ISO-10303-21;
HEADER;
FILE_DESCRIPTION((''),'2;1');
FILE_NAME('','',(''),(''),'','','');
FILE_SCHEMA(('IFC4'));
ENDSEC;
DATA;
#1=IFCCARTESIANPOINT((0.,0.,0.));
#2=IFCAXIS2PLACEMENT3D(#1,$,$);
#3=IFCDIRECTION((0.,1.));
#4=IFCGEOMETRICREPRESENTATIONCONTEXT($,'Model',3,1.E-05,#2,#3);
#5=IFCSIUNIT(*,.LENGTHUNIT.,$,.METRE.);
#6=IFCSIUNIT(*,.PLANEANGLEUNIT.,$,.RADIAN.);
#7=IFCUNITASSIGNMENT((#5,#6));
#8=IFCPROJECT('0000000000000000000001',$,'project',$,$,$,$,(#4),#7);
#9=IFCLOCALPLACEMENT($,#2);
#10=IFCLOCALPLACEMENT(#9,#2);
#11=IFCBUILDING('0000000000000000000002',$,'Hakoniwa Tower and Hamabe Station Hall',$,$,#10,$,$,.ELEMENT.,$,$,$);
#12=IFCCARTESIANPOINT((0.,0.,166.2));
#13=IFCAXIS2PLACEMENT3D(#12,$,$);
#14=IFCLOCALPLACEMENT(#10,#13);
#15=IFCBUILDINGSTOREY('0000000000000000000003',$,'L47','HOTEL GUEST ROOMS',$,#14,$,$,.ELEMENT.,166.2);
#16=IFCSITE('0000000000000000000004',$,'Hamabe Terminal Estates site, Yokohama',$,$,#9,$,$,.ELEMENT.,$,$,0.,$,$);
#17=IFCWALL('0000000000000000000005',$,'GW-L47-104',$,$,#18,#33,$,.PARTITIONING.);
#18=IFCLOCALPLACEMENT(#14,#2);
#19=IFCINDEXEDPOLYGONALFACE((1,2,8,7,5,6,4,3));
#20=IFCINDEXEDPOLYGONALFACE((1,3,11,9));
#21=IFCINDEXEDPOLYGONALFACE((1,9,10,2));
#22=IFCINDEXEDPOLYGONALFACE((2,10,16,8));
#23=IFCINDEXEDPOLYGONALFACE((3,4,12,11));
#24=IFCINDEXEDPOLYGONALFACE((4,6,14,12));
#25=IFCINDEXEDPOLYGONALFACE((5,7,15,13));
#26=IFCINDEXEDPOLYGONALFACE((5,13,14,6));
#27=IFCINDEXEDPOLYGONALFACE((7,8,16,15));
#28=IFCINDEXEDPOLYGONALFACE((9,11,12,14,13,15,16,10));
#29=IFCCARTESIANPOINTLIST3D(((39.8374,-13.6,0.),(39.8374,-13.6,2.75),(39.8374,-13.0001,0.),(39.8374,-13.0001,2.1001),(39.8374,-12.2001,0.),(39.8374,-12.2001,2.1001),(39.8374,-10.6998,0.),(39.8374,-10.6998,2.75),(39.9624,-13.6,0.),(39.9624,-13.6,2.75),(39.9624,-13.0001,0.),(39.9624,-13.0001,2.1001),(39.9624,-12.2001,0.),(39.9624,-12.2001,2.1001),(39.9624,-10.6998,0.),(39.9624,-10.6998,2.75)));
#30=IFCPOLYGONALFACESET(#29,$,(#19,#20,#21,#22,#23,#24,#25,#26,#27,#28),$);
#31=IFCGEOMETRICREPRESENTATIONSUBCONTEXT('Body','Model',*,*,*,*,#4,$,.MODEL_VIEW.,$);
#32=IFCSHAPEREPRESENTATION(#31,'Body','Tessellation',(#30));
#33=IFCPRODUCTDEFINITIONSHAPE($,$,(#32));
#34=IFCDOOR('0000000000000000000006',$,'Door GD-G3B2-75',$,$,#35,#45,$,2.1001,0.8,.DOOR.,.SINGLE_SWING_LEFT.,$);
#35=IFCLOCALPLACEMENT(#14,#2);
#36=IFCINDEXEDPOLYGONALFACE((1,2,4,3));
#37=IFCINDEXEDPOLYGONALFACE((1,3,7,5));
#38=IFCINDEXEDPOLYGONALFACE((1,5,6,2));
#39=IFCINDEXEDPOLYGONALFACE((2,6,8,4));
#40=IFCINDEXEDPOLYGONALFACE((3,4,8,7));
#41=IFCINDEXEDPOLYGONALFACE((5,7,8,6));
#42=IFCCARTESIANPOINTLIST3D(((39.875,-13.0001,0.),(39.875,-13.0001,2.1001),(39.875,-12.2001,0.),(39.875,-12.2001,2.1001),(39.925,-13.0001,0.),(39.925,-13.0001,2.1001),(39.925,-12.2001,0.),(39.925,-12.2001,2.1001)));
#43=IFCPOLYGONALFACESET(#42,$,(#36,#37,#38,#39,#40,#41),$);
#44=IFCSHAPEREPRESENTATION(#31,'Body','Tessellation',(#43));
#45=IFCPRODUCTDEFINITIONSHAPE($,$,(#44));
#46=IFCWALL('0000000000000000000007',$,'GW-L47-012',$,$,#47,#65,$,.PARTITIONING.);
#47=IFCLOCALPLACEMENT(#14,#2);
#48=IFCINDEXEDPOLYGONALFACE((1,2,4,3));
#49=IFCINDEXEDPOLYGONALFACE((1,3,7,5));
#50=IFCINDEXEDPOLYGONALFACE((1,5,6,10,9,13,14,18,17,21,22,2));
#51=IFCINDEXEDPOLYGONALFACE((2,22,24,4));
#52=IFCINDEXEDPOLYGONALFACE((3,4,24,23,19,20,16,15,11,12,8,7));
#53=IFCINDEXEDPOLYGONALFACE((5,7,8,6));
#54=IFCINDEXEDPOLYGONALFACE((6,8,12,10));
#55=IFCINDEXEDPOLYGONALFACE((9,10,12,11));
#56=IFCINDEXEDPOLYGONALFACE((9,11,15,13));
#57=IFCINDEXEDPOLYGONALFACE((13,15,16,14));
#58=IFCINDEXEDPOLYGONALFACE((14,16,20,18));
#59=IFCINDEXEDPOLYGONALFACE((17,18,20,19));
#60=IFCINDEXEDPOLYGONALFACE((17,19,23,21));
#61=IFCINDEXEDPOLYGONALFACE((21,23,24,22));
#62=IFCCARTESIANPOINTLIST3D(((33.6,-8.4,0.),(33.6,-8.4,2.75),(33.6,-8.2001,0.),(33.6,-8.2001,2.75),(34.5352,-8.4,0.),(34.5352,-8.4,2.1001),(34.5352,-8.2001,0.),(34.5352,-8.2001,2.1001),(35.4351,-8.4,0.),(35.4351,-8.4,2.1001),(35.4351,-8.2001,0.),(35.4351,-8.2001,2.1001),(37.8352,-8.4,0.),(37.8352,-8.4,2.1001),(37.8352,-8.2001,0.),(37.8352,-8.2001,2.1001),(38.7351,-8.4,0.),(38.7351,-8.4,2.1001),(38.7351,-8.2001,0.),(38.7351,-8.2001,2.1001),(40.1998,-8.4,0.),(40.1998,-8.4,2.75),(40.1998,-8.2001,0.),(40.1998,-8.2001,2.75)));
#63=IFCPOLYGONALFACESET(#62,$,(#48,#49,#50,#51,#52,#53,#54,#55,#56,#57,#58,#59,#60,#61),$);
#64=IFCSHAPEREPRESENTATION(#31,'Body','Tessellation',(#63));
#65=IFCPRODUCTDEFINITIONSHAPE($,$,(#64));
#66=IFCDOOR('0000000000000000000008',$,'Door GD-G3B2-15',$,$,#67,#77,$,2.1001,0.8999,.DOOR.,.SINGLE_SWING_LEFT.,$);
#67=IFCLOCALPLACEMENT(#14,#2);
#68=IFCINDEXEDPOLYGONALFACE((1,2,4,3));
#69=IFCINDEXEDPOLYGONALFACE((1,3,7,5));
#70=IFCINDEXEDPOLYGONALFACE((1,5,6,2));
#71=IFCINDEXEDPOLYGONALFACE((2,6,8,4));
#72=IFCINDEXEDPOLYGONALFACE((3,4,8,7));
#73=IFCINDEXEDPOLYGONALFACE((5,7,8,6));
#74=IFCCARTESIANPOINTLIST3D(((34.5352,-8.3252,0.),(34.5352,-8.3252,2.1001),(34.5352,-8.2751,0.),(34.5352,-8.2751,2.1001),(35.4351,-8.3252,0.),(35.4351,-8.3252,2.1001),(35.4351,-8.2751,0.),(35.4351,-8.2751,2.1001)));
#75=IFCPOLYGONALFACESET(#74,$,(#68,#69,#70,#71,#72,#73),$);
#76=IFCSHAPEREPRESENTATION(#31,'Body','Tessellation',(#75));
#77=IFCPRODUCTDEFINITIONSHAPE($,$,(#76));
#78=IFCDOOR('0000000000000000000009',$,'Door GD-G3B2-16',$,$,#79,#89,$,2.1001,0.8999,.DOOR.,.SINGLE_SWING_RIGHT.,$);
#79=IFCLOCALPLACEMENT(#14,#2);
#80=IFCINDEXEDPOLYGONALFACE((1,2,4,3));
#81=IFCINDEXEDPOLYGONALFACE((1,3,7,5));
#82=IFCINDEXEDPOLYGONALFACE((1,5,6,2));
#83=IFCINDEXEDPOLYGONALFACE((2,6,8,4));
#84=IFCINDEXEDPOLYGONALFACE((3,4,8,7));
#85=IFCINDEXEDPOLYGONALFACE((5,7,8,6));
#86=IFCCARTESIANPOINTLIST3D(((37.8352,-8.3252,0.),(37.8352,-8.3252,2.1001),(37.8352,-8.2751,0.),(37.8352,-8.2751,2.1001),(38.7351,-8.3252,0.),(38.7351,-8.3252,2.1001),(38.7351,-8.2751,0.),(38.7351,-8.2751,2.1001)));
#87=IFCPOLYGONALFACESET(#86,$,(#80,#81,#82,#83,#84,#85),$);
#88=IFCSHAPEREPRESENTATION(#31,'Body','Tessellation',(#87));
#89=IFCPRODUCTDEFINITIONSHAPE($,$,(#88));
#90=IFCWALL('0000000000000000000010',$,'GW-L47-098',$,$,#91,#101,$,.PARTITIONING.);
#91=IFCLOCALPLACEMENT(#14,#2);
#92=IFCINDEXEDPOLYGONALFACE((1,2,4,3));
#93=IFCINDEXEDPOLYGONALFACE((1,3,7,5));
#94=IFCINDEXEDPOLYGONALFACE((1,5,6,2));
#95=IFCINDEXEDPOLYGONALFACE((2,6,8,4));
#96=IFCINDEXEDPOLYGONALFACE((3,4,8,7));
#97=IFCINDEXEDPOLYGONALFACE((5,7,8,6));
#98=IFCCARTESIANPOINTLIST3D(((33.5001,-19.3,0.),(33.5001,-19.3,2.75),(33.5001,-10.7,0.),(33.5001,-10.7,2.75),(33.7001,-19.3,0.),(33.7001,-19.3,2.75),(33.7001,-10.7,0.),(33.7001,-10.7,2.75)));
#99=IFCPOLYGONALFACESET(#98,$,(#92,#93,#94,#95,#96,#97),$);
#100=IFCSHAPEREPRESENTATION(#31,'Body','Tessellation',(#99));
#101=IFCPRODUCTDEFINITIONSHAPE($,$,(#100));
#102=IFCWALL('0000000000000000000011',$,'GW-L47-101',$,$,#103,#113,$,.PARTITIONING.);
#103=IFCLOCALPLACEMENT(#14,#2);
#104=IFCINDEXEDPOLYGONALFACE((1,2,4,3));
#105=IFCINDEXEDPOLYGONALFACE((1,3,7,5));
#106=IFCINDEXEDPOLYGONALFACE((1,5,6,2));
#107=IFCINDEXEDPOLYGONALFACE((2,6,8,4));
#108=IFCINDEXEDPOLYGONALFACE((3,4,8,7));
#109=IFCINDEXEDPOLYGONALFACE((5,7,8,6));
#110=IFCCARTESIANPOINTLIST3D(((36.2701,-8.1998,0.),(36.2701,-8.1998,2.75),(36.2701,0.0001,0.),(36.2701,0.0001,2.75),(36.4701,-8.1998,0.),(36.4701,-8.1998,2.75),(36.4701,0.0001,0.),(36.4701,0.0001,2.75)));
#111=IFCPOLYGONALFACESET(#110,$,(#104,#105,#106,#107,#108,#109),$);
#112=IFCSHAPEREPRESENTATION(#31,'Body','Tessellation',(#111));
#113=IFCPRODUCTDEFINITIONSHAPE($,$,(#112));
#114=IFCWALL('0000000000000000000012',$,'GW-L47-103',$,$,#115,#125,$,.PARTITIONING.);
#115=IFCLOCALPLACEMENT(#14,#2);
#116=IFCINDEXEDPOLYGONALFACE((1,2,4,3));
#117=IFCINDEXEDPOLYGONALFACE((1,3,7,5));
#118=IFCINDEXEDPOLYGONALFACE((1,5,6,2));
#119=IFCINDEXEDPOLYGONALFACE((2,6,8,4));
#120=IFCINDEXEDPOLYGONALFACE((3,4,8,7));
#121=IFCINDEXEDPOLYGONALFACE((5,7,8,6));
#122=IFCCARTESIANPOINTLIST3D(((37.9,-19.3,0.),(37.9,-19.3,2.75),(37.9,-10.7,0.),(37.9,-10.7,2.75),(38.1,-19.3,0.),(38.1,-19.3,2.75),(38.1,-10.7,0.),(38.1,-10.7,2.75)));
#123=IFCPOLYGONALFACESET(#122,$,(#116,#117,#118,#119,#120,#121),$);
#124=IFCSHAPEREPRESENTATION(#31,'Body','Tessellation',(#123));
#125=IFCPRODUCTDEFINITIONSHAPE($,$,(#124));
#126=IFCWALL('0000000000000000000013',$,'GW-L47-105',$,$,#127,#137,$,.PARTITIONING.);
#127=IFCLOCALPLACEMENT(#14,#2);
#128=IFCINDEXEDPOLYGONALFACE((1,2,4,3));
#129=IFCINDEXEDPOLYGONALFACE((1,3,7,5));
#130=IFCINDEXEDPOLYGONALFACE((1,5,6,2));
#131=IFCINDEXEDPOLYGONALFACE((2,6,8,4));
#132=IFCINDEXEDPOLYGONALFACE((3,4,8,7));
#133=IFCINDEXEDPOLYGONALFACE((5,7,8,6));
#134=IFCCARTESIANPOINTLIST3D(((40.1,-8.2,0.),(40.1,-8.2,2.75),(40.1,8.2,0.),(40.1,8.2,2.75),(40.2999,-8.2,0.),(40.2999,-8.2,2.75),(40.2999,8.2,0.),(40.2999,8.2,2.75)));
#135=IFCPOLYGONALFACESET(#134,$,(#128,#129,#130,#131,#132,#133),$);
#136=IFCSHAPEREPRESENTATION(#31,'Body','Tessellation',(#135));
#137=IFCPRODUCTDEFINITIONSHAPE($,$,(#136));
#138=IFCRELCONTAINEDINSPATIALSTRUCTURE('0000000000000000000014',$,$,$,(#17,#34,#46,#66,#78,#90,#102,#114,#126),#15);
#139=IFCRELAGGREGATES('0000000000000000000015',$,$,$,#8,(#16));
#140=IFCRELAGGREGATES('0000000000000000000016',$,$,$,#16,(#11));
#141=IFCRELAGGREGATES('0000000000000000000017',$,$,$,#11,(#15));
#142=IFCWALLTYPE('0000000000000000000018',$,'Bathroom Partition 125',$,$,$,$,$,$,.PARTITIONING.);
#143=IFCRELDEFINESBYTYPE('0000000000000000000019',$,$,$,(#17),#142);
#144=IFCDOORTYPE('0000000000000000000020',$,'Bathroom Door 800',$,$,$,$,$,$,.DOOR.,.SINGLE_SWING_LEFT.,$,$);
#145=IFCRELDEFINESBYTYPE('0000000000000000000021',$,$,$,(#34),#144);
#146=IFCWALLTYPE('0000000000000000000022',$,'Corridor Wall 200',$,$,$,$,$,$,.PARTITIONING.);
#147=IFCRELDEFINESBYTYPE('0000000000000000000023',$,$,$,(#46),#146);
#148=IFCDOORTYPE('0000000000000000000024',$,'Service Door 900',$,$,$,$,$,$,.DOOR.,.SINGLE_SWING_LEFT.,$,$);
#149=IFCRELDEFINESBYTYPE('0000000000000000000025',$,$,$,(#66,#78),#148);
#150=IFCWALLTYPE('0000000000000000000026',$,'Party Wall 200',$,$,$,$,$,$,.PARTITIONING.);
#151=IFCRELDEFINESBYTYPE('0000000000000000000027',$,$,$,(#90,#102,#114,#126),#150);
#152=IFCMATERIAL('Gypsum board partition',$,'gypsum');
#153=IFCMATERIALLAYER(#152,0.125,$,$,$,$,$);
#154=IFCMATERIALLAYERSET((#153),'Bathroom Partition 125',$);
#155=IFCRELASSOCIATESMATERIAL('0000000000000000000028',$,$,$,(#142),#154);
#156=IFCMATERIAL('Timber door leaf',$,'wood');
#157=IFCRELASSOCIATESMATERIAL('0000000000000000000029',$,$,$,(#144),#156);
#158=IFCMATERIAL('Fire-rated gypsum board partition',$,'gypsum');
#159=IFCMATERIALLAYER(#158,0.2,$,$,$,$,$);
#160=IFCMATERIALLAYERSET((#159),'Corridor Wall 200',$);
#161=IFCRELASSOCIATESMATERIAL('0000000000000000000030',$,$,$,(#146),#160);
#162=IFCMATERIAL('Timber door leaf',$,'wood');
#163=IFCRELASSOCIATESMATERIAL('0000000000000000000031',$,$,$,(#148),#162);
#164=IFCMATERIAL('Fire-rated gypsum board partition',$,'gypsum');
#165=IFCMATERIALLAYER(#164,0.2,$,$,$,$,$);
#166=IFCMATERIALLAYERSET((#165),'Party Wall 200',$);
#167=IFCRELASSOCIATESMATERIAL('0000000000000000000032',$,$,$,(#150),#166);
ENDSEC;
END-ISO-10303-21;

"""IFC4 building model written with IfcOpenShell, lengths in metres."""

from ifc_helpers import new_model, si_unit, direction, frame, frame_2d, origin, place, context, subcontext, project, spatial, rectangle, extrude, material, layer, layer_set, type_object, element, fill, save


model = new_model("IFC4")

# Units and contexts
model_context = context("Model", 3, precision=1e-05, world=origin(), true_north=direction((0.0, 1.0)))
body_context = subcontext(model_context, "Body", "Model", "MODEL_VIEW")
ifc_project = project(units=[si_unit("LENGTHUNIT", "METRE"), si_unit("PLANEANGLEUNIT", "RADIAN")], contexts=[model_context])

# Site, building, storey
site_placement = place(None, origin())
site = spatial("IfcSite", under=ifc_project, at=site_placement, Name="Hamabe Terminal Estates site, Yokohama", CompositionType="ELEMENT", RefElevation=0.0)
building_placement = place(site_placement, origin())
building = spatial("IfcBuilding", under=site, at=building_placement, Name="Hakoniwa Tower and Hamabe Station Hall", CompositionType="ELEMENT")
storey_placement = place(building_placement, frame((0.0, 0.0, 166.2)))
storey = spatial("IfcBuildingStorey", under=building, at=storey_placement, Name="L47", Description="HOTEL GUEST ROOMS", CompositionType="ELEMENT", Elevation=166.2)

# Shared definitions
ifc_material_1 = material(Name="Gypsum board partition", Category="gypsum")
ifc_layer_1 = layer(ifc_material_1, 0.125)
ifc_layer_set_1 = layer_set([ifc_layer_1], Name="Bathroom Partition 125")
wall_type_1 = type_object("IfcWallType", Name="Bathroom Partition 125", PredefinedType="PARTITIONING", material=ifc_layer_set_1)

# Wall, opening, door
ifc_material_2 = material(Name="Timber door leaf", Category="wood")
door_type_1 = type_object("IfcDoorType", Name="Bathroom Door 800", OperationType="SINGLE_SWING_LEFT", PredefinedType="DOOR", material=ifc_material_2)
wall_1_placement = place(storey_placement, frame((39.8999, -13.6001, 0.0), z_axis=(0.0, 0.0, 1.0), x_axis=(0.0, 1.0, 0.0)))
wall_1 = element("IfcWall", 1, at=wall_1_placement, inside=storey, type_object=wall_type_1, Name="GW-L47-104", PredefinedType="PARTITIONING", context=body_context, shape_type="SweptSolid", body=[
    extrude(rectangle(XDim=2.9001, YDim=0.125, at=frame_2d((1.4502, 0.0))), origin(), (0.0, 0.0, 1.0), 2.75),
])
opening_1_placement = place(wall_1_placement, frame((0.6001, 0.0, 0.0)))
opening_1 = element("IfcOpeningElement", 2, at=opening_1_placement, cuts=wall_1, PredefinedType="OPENING", context=body_context, shape_type="SweptSolid", body=[
    extrude(rectangle(XDim=0.8, YDim=2.1001, at=frame_2d((0.3999, 1.05))), frame((0.0, 0.0725, 0.0), z_axis=(0.0, -1.0, 0.0), x_axis=(1.0, 0.0, 0.0)), (0.0, 0.0, 1.0), 0.145),
])
door_1_placement = place(opening_1_placement, origin())
door_1 = element("IfcDoor", 3, at=door_1_placement, inside=storey, type_object=door_type_1, Name="Door GD-G3B2-75", OperationType="SINGLE_SWING_LEFT", OverallHeight=2.1001, OverallWidth=0.8, PredefinedType="DOOR", context=body_context, shape_type="SweptSolid", body=[
    extrude(rectangle(XDim=0.8, YDim=2.1001, at=frame_2d((0.3999, 1.05))), frame((0.0, 0.0249, 0.0), z_axis=(0.0, -1.0, 0.0), x_axis=(1.0, 0.0, 0.0)), (0.0, 0.0, 1.0), 0.05),
])
fill(opening_1, door_1)

# Wall, openings, doors
ifc_material_3 = material(Name="Fire-rated gypsum board partition", Category="gypsum")
ifc_layer_2 = layer(ifc_material_3, 0.2)
ifc_layer_set_2 = layer_set([ifc_layer_2], Name="Corridor Wall 200")
wall_type_2 = type_object("IfcWallType", Name="Corridor Wall 200", PredefinedType="PARTITIONING", material=ifc_layer_set_2)
wall_2_placement = place(storey_placement, frame((33.6001, -8.3, 0.0), z_axis=(0.0, 0.0, 1.0), x_axis=(1.0, 0.0, 0.0)))
wall_2 = element("IfcWall", 4, at=wall_2_placement, inside=storey, type_object=wall_type_2, Name="GW-L47-012", PredefinedType="PARTITIONING", context=body_context, shape_type="SweptSolid", body=[
    extrude(rectangle(XDim=6.5999, YDim=0.2, at=frame_2d((3.2998, 0.0))), origin(), (0.0, 0.0, 1.0), 2.75),
])
opening_2_placement = place(wall_2_placement, frame((0.9351, 0.0, 0.0)))
opening_2 = element("IfcOpeningElement", 5, at=opening_2_placement, cuts=wall_2, PredefinedType="OPENING", context=body_context, shape_type="SweptSolid", body=[
    extrude(rectangle(XDim=0.8999, YDim=2.1001, at=frame_2d((0.45, 1.05))), frame((0.0, 0.1099, 0.0), z_axis=(0.0, -1.0, 0.0), x_axis=(1.0, 0.0, 0.0)), (0.0, 0.0, 1.0), 0.22),
])
opening_3_placement = place(wall_2_placement, frame((4.2351, 0.0, 0.0)))
opening_3 = element("IfcOpeningElement", 6, at=opening_3_placement, cuts=wall_2, PredefinedType="OPENING", context=body_context, shape_type="SweptSolid", body=[
    extrude(rectangle(XDim=0.8999, YDim=2.1001, at=frame_2d((0.45, 1.05))), frame((0.0, 0.1099, 0.0), z_axis=(0.0, -1.0, 0.0), x_axis=(1.0, 0.0, 0.0)), (0.0, 0.0, 1.0), 0.22),
])
ifc_material_4 = material(Name="Timber door leaf", Category="wood")
door_type_2 = type_object("IfcDoorType", Name="Service Door 900", OperationType="SINGLE_SWING_LEFT", PredefinedType="DOOR", material=ifc_material_4)
door_2_placement = place(opening_2_placement, origin())
door_2 = element("IfcDoor", 7, at=door_2_placement, inside=storey, type_object=door_type_2, Name="Door GD-G3B2-15", OperationType="SINGLE_SWING_LEFT", OverallHeight=2.1001, OverallWidth=0.8999, PredefinedType="DOOR", context=body_context, shape_type="SweptSolid", body=[
    extrude(rectangle(XDim=0.8999, YDim=2.1001, at=frame_2d((0.45, 1.05))), frame((0.0, 0.0249, 0.0), z_axis=(0.0, -1.0, 0.0), x_axis=(1.0, 0.0, 0.0)), (0.0, 0.0, 1.0), 0.05),
])
fill(opening_2, door_2)
door_3_placement = place(opening_3_placement, origin())
door_3 = element("IfcDoor", 8, at=door_3_placement, inside=storey, type_object=door_type_2, Name="Door GD-G3B2-16", OperationType="SINGLE_SWING_RIGHT", OverallHeight=2.1001, OverallWidth=0.8999, PredefinedType="DOOR", context=body_context, shape_type="SweptSolid", body=[
    extrude(rectangle(XDim=0.8999, YDim=2.1001, at=frame_2d((0.45, 1.05))), frame((0.0, 0.0249, 0.0), z_axis=(0.0, -1.0, 0.0), x_axis=(1.0, 0.0, 0.0)), (0.0, 0.0, 1.0), 0.05),
])
fill(opening_3, door_3)

# Walls
ifc_material_5 = material(Name="Fire-rated gypsum board partition", Category="gypsum")
ifc_layer_3 = layer(ifc_material_5, 0.2)
ifc_layer_set_3 = layer_set([ifc_layer_3], Name="Party Wall 200")
wall_type_3 = type_object("IfcWallType", Name="Party Wall 200", PredefinedType="PARTITIONING", material=ifc_layer_set_3)
wall_3_placement = place(storey_placement, frame((33.6001, -19.3, 0.0), z_axis=(0.0, 0.0, 1.0), x_axis=(0.0, 1.0, 0.0)))
element("IfcWall", 9, at=wall_3_placement, inside=storey, type_object=wall_type_3, Name="GW-L47-098", PredefinedType="PARTITIONING", context=body_context, shape_type="SweptSolid", body=[
    extrude(rectangle(XDim=8.6001, YDim=0.2, at=frame_2d((4.3, 0.0))), origin(), (0.0, 0.0, 1.0), 2.75),
])
wall_4_placement = place(storey_placement, frame((36.3701, -8.2, 0.0), z_axis=(0.0, 0.0, 1.0), x_axis=(0.0, 1.0, 0.0)))
element("IfcWall", 10, at=wall_4_placement, inside=storey, type_object=wall_type_3, Name="GW-L47-101", PredefinedType="PARTITIONING", context=body_context, shape_type="SweptSolid", body=[
    extrude(rectangle(XDim=8.2, YDim=0.2, at=frame_2d((4.1001, 0.0))), origin(), (0.0, 0.0, 1.0), 2.75),
])
wall_5_placement = place(storey_placement, frame((38.0, -19.3, 0.0), z_axis=(0.0, 0.0, 1.0), x_axis=(0.0, 1.0, 0.0)))
element("IfcWall", 11, at=wall_5_placement, inside=storey, type_object=wall_type_3, Name="GW-L47-103", PredefinedType="PARTITIONING", context=body_context, shape_type="SweptSolid", body=[
    extrude(rectangle(XDim=8.6001, YDim=0.2, at=frame_2d((4.3, 0.0))), origin(), (0.0, 0.0, 1.0), 2.75),
])
wall_6_placement = place(storey_placement, frame((40.2, -8.2, 0.0), z_axis=(0.0, 0.0, 1.0), x_axis=(0.0, 1.0, 0.0)))
element("IfcWall", 12, at=wall_6_placement, inside=storey, type_object=wall_type_3, Name="GW-L47-105", PredefinedType="PARTITIONING", context=body_context, shape_type="SweptSolid", body=[
    extrude(rectangle(XDim=16.3999, YDim=0.2, at=frame_2d((8.2, 0.0))), origin(), (0.0, 0.0, 1.0), 2.75),
])

save(model, "model.ifc")
